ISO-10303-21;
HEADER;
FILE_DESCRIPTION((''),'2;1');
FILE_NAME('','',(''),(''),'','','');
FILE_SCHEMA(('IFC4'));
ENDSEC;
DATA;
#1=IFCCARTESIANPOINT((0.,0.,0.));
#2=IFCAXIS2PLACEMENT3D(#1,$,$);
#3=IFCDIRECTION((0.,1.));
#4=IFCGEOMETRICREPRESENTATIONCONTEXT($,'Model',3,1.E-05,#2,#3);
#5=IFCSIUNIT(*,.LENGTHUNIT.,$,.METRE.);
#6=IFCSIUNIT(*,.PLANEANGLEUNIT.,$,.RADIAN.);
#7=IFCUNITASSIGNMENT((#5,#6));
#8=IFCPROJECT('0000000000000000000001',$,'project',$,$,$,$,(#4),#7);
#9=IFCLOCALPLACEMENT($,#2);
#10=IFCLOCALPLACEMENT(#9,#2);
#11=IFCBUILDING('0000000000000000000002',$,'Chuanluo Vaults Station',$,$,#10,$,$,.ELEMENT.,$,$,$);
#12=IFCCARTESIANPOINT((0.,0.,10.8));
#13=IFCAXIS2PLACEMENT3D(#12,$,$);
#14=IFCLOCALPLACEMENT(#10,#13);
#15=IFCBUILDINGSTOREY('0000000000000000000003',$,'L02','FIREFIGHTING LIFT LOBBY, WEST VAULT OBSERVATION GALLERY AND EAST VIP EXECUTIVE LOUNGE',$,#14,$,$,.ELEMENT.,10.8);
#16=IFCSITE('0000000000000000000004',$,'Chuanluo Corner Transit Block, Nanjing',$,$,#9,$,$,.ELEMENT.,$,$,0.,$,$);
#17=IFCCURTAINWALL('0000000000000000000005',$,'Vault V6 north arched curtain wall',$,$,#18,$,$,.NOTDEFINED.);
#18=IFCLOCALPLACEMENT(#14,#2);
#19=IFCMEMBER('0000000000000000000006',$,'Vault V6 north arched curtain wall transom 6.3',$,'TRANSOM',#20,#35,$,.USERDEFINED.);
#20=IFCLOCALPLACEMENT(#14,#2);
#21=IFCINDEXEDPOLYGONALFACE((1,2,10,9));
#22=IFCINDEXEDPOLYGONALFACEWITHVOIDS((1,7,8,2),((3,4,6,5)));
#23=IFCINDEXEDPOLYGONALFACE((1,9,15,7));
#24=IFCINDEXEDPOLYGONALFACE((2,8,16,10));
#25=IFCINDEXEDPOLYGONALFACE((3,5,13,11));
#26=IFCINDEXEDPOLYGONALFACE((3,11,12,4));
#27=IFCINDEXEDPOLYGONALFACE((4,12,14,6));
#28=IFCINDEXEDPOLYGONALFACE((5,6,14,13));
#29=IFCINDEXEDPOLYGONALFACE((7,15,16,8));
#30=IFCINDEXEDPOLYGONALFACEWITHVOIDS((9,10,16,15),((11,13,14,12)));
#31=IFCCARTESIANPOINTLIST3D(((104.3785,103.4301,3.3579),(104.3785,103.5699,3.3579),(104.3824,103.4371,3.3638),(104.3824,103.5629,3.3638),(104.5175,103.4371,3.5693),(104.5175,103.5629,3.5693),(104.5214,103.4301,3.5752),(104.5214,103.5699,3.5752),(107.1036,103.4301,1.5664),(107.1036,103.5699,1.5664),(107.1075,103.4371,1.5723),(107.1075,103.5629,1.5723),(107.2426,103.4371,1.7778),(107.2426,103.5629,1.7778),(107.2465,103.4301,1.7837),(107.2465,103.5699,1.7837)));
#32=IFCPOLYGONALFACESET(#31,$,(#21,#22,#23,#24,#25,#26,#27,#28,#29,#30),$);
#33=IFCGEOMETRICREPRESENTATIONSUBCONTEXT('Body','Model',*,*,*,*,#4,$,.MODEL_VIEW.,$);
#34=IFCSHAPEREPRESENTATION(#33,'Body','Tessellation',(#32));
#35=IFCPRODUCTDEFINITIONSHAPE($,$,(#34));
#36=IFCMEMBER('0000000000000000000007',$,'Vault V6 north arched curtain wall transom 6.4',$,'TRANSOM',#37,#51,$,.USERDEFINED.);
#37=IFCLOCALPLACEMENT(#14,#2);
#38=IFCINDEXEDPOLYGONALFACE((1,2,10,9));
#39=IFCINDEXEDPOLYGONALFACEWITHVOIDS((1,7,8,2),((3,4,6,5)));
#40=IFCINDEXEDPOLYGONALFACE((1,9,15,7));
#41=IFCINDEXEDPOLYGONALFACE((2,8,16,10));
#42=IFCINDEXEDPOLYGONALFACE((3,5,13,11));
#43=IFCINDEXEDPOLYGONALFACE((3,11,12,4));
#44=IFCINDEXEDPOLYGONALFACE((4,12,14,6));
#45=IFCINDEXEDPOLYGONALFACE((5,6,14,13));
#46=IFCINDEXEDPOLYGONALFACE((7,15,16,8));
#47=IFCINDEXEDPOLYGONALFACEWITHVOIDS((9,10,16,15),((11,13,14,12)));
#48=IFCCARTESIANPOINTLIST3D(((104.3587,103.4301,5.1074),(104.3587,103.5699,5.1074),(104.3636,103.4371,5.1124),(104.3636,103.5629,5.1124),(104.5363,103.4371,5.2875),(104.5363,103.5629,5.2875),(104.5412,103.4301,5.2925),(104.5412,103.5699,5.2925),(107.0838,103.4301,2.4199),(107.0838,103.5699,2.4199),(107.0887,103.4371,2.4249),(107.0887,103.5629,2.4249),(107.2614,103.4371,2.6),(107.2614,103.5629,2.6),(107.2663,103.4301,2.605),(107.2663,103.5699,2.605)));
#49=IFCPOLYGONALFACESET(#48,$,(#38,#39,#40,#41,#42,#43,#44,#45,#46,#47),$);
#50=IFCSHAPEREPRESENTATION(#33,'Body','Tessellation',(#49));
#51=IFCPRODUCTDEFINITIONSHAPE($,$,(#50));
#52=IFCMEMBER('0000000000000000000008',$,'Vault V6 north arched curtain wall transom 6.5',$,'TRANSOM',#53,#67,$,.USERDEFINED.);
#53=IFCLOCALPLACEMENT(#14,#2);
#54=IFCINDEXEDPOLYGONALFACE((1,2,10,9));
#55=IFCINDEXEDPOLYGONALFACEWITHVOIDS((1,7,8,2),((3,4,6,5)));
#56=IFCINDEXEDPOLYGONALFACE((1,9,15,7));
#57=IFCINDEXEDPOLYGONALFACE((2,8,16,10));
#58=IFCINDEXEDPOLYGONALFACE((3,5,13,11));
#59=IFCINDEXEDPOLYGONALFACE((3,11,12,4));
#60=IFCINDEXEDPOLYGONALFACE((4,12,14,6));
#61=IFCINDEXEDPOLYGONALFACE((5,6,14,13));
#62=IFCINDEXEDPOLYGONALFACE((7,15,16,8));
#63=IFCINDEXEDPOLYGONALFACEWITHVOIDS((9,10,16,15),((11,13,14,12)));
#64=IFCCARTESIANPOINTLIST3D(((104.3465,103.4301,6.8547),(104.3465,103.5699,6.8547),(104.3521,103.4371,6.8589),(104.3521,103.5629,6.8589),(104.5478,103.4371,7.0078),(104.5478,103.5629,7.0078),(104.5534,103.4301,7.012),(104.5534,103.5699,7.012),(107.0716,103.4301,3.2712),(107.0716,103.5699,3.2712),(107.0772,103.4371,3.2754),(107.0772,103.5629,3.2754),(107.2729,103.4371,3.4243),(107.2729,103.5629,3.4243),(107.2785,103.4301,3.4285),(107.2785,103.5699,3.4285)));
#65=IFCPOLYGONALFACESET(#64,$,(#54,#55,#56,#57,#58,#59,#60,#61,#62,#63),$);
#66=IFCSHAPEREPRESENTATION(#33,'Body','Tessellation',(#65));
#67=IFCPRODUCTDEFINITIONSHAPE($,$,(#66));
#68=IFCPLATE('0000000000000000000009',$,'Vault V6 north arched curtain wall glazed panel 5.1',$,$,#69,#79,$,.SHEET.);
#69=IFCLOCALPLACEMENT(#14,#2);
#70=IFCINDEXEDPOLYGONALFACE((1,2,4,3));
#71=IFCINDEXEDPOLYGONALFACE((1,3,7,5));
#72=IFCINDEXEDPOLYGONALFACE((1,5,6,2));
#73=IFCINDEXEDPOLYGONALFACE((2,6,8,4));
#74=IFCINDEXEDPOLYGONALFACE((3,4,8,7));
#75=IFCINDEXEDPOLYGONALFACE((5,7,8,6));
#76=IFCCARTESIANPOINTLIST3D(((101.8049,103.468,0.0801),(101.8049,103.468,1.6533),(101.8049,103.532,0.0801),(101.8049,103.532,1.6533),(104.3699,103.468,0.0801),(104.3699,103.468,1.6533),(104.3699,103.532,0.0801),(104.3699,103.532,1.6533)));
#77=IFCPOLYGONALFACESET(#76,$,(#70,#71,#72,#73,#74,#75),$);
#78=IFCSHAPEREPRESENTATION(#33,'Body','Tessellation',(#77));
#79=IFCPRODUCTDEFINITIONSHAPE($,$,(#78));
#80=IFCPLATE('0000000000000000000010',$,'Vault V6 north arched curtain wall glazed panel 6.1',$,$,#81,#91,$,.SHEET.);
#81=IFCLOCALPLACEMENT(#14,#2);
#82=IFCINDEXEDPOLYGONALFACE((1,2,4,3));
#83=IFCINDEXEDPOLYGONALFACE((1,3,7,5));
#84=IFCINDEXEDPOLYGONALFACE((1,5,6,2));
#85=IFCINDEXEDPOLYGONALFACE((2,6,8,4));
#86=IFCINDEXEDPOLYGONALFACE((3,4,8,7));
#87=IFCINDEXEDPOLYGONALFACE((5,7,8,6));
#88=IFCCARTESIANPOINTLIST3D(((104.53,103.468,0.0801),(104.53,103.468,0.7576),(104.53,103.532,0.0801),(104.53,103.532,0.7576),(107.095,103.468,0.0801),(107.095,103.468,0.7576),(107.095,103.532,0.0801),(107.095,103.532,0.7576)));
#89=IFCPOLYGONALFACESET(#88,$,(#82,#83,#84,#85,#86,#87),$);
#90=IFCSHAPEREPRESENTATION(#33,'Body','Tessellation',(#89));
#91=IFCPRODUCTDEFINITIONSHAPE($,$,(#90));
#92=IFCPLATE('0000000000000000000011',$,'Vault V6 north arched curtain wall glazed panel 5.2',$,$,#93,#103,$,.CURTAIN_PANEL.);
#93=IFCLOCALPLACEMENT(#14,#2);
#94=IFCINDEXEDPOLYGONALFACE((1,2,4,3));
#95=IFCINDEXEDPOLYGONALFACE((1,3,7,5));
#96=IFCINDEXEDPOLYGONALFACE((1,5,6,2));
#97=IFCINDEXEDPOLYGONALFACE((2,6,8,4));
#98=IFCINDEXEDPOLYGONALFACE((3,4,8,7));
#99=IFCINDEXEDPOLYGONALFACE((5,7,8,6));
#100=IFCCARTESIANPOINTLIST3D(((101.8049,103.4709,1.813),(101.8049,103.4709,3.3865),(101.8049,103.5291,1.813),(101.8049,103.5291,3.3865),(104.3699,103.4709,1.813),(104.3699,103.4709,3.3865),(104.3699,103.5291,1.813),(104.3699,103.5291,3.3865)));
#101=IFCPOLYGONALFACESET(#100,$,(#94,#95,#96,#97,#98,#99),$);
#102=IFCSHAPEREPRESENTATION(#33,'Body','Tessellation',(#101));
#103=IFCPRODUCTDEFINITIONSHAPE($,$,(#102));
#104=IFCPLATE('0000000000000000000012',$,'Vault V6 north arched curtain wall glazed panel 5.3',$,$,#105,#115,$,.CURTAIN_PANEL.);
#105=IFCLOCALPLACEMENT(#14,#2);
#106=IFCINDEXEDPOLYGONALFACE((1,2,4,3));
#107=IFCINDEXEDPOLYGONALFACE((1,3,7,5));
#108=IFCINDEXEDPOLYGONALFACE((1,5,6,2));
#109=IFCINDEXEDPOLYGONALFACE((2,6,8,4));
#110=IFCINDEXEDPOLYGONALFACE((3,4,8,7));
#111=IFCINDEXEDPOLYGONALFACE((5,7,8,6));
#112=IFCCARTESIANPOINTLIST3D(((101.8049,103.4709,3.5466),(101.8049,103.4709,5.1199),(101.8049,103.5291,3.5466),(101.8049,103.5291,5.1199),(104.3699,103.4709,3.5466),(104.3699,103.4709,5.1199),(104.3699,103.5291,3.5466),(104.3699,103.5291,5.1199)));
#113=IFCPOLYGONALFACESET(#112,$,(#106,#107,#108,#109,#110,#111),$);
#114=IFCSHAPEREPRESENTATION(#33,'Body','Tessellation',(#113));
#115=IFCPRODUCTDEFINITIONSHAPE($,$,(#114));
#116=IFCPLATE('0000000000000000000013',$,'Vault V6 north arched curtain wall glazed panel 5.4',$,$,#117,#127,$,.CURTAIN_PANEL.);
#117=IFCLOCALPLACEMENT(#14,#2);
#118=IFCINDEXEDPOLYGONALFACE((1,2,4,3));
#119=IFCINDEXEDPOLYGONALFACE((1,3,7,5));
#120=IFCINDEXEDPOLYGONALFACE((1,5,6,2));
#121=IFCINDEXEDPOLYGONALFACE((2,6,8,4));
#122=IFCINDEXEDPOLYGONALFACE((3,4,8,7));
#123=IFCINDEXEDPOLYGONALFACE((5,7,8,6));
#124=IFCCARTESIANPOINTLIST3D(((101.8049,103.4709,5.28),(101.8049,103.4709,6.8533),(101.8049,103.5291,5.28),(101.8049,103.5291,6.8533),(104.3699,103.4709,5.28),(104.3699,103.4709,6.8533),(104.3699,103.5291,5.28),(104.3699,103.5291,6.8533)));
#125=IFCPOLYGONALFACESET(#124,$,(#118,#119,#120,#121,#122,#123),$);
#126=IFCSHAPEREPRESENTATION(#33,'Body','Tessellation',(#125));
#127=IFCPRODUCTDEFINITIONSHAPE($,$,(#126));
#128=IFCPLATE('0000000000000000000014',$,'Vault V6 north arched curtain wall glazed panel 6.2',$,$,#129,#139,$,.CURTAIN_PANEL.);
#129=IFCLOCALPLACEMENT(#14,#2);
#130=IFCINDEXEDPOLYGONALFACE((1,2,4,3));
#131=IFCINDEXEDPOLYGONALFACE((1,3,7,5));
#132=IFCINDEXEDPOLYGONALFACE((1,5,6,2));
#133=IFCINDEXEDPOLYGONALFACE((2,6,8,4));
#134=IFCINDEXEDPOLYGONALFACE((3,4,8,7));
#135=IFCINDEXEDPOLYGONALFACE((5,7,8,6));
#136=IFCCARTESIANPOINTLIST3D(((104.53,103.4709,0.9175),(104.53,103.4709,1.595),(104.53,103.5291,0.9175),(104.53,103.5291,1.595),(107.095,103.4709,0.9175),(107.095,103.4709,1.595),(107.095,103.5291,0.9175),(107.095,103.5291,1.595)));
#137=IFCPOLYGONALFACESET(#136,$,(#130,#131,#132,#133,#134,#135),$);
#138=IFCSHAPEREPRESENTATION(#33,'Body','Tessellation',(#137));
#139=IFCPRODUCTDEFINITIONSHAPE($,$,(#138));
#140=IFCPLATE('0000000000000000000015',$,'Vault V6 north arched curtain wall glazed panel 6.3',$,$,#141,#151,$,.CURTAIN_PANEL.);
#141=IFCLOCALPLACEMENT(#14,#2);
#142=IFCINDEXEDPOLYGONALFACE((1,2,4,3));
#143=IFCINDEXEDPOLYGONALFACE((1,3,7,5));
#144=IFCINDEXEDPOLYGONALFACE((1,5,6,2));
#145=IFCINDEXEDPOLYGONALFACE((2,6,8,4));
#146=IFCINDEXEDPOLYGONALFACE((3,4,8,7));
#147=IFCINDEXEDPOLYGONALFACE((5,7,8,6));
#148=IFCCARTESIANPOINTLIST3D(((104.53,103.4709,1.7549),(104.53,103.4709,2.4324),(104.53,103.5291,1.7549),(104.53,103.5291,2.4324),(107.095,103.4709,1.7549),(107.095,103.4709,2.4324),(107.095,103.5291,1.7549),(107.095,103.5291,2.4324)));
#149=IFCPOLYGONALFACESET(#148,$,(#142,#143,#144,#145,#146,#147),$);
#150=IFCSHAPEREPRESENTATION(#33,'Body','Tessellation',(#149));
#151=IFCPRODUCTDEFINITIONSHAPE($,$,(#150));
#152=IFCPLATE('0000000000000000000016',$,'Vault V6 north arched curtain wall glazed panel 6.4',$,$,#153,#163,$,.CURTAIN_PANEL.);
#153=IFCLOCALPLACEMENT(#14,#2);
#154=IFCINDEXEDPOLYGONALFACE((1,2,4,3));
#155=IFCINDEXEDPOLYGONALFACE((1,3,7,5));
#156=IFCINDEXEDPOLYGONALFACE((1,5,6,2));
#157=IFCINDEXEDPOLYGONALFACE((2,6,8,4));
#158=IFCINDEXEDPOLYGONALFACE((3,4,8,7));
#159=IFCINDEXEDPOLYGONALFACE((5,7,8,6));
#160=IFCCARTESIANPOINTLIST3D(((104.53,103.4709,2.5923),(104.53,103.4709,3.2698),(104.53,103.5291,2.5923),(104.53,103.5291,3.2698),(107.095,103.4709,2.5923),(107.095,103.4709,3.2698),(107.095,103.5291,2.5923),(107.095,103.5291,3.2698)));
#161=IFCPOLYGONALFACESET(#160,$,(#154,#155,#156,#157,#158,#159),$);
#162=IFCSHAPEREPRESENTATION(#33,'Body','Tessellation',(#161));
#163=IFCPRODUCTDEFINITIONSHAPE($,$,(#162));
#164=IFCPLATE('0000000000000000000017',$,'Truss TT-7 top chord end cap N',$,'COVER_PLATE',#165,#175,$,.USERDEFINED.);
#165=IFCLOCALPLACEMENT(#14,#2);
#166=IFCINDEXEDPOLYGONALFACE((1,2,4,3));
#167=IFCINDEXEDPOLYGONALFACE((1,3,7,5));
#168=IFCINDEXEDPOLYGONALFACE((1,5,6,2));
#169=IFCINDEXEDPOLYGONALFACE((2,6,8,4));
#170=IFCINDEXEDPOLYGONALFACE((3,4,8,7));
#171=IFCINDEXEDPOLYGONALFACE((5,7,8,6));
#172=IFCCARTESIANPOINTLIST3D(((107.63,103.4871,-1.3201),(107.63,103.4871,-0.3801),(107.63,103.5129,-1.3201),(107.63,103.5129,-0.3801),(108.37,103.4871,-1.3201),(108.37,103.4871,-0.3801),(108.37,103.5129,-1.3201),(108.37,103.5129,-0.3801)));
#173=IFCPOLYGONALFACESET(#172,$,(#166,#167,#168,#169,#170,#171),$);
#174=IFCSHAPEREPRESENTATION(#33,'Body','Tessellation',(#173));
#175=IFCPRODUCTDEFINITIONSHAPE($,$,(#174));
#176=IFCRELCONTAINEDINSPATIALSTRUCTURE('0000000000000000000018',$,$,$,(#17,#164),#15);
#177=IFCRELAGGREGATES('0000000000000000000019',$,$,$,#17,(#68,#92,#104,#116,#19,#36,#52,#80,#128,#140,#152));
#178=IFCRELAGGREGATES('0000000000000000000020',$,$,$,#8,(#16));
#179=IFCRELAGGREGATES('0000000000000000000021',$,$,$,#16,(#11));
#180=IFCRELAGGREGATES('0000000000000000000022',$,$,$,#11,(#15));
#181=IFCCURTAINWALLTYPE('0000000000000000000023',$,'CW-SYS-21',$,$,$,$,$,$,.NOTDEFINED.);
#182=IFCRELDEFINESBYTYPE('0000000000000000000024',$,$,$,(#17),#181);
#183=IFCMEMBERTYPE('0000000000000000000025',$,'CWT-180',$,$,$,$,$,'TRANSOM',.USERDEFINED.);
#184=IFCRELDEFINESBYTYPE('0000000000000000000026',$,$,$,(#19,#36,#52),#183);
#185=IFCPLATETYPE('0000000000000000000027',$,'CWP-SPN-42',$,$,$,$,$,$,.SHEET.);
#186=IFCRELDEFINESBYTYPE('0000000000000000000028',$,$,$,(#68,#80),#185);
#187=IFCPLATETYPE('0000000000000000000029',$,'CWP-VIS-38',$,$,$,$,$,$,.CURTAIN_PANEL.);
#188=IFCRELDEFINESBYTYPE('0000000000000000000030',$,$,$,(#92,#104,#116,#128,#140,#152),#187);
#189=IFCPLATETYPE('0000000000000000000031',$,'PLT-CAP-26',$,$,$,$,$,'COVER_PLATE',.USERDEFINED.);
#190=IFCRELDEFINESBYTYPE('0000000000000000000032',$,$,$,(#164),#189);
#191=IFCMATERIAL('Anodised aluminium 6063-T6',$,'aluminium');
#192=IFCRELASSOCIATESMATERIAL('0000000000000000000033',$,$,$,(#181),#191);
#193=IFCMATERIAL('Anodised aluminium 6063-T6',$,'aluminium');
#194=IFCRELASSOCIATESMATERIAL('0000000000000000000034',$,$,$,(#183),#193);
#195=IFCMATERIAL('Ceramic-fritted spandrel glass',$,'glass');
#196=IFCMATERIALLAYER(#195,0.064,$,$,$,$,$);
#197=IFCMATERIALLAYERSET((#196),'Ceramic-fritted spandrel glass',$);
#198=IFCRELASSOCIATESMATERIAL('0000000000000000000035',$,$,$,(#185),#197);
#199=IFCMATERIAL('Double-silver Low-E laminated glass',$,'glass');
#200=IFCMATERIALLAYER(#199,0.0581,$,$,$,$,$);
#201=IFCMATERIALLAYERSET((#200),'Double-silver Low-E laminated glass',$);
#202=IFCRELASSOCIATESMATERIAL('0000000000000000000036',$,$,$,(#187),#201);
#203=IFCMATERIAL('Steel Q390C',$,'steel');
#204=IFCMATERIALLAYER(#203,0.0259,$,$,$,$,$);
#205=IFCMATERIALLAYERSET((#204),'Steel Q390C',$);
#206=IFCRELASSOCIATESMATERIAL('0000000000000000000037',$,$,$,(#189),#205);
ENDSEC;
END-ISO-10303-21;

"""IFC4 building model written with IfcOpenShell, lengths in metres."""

from ifc_helpers import new_model, si_unit, direction, frame, origin, origin_2d, place, context, subcontext, project, spatial, rectangle, hollow_rectangle, extrude, material, layer, layer_set, material_profile, profile_set, type_object, element, aggregate, save


model = new_model("IFC4")

# Units and contexts
model_context = context("Model", 3, precision=1e-05, world=origin(), true_north=direction((0.0, 1.0)))
body_context = subcontext(model_context, "Body", "Model", "MODEL_VIEW")
ifc_project = project(units=[si_unit("LENGTHUNIT", "METRE"), si_unit("PLANEANGLEUNIT", "RADIAN")], contexts=[model_context])

# Site, building, storey
site_placement = place(None, origin())
site = spatial("IfcSite", under=ifc_project, at=site_placement, Name="Chuanluo Corner Transit Block, Nanjing", CompositionType="ELEMENT", RefElevation=0.0)
building_placement = place(site_placement, origin())
building = spatial("IfcBuilding", under=site, at=building_placement, Name="Chuanluo Vaults Station", CompositionType="ELEMENT")
storey_placement = place(building_placement, frame((0.0, 0.0, 10.8)))
storey = spatial("IfcBuildingStorey", under=building, at=storey_placement, Name="L02", Description="FIREFIGHTING LIFT LOBBY, WEST VAULT OBSERVATION GALLERY AND EAST VIP EXECUTIVE LOUNGE", CompositionType="ELEMENT", Elevation=10.8)

# Curtain wall
ifc_material_1 = material(Name="Anodised aluminium 6063-T6", Category="aluminium")
curtain_wall_type_1 = type_object("IfcCurtainWallType", Name="CW-SYS-21", PredefinedType="NOTDEFINED", material=ifc_material_1)
curtain_wall_1_placement = place(storey_placement, origin())
curtain_wall_1 = element("IfcCurtainWall", 1, at=curtain_wall_1_placement, inside=storey, type_object=curtain_wall_type_1, Name="Vault V6 north arched curtain wall", PredefinedType="NOTDEFINED")

# Members
ifc_material_2 = material(Name="Anodised aluminium 6063-T6", Category="aluminium")
ifc_material_profile_1 = material_profile(ifc_material_2, hollow_rectangle(XDim=0.1399, YDim=0.26, WallThickness=0.0071, at=origin_2d()))
ifc_profile_set_1 = profile_set([ifc_material_profile_1], Name="Anodised aluminium 6063-T6")
member_type_1 = type_object("IfcMemberType", Name="CWT-180", ElementType="TRANSOM", PredefinedType="USERDEFINED", material=ifc_profile_set_1)
member_1_placement = place(storey_placement, frame((104.45, 103.5, 3.4666), z_axis=(0.835603, 0.0, -0.549333), x_axis=(0.0, 1.0, 0.0)))
member_1 = element("IfcMember", 2, at=member_1_placement, type_object=member_type_1, Name="Vault V6 north arched curtain wall transom 6.3", ObjectType="TRANSOM", PredefinedType="USERDEFINED", context=body_context, shape_type="SweptSolid", body=[
    extrude(hollow_rectangle(XDim=0.1399, YDim=0.26, WallThickness=0.0071, at=origin_2d()), origin(), (0.0, 0.0, 1.0), 3.2612),
])
member_2_placement = place(storey_placement, frame((104.45, 103.5, 5.2), z_axis=(0.712001, 0.0, -0.702178), x_axis=(0.0, 1.0, 0.0)))
member_2 = element("IfcMember", 3, at=member_2_placement, type_object=member_type_1, Name="Vault V6 north arched curtain wall transom 6.4", ObjectType="TRANSOM", PredefinedType="USERDEFINED", context=body_context, shape_type="SweptSolid", body=[
    extrude(hollow_rectangle(XDim=0.1399, YDim=0.26, WallThickness=0.0071, at=origin_2d()), origin(), (0.0, 0.0, 1.0), 3.8274),
])
member_3_placement = place(storey_placement, frame((104.45, 103.5, 6.9333), z_axis=(0.605314, 0.0, -0.795987), x_axis=(0.0, 1.0, 0.0)))
member_3 = element("IfcMember", 4, at=member_3_placement, type_object=member_type_1, Name="Vault V6 north arched curtain wall transom 6.5", ObjectType="TRANSOM", PredefinedType="USERDEFINED", context=body_context, shape_type="SweptSolid", body=[
    extrude(hollow_rectangle(XDim=0.1399, YDim=0.26, WallThickness=0.0071, at=origin_2d()), origin(), (0.0, 0.0, 1.0), 4.502),
])

# Plates
ifc_material_3 = material(Name="Ceramic-fritted spandrel glass", Category="glass")
ifc_layer_1 = layer(ifc_material_3, 0.064)
ifc_layer_set_1 = layer_set([ifc_layer_1], Name="Ceramic-fritted spandrel glass")
plate_type_1 = type_object("IfcPlateType", Name="CWP-SPN-42", PredefinedType="SHEET", material=ifc_layer_set_1)
plate_1_placement = place(storey_placement, frame((103.0874, 103.5, 0.0801), z_axis=(0.0, 0.0, 1.0), x_axis=(1.0, 0.0, 0.0)))
plate_1 = element("IfcPlate", 5, at=plate_1_placement, type_object=plate_type_1, Name="Vault V6 north arched curtain wall glazed panel 5.1", PredefinedType="SHEET", context=body_context, shape_type="SweptSolid", body=[
    extrude(rectangle(XDim=2.5649, YDim=0.064, at=origin_2d()), origin(), (0.0, 0.0, 1.0), 1.5732),
])
plate_2_placement = place(storey_placement, frame((105.8125, 103.5, 0.0801), z_axis=(0.0, 0.0, 1.0), x_axis=(1.0, 0.0, 0.0)))
plate_2 = element("IfcPlate", 6, at=plate_2_placement, type_object=plate_type_1, Name="Vault V6 north arched curtain wall glazed panel 6.1", PredefinedType="SHEET", context=body_context, shape_type="SweptSolid", body=[
    extrude(rectangle(XDim=2.5649, YDim=0.064, at=origin_2d()), origin(), (0.0, 0.0, 1.0), 0.6775),
])
ifc_material_4 = material(Name="Double-silver Low-E laminated glass", Category="glass")
ifc_layer_2 = layer(ifc_material_4, 0.0581)
ifc_layer_set_2 = layer_set([ifc_layer_2], Name="Double-silver Low-E laminated glass")
plate_type_2 = type_object("IfcPlateType", Name="CWP-VIS-38", PredefinedType="CURTAIN_PANEL", material=ifc_layer_set_2)
plate_3_placement = place(storey_placement, frame((103.0874, 103.5, 1.813), z_axis=(0.0, 0.0, 1.0), x_axis=(1.0, 0.0, 0.0)))
plate_3 = element("IfcPlate", 7, at=plate_3_placement, type_object=plate_type_2, Name="Vault V6 north arched curtain wall glazed panel 5.2", PredefinedType="CURTAIN_PANEL", context=body_context, shape_type="SweptSolid", body=[
    extrude(rectangle(XDim=2.5649, YDim=0.0581, at=origin_2d()), origin(), (0.0, 0.0, 1.0), 1.5735),
])
plate_4_placement = place(storey_placement, frame((103.0874, 103.5, 3.5466), z_axis=(0.0, 0.0, 1.0), x_axis=(1.0, 0.0, 0.0)))
plate_4 = element("IfcPlate", 8, at=plate_4_placement, type_object=plate_type_2, Name="Vault V6 north arched curtain wall glazed panel 5.3", PredefinedType="CURTAIN_PANEL", context=body_context, shape_type="SweptSolid", body=[
    extrude(rectangle(XDim=2.5649, YDim=0.0581, at=origin_2d()), origin(), (0.0, 0.0, 1.0), 1.5732),
])
plate_5_placement = place(storey_placement, frame((103.0874, 103.5, 5.28), z_axis=(0.0, 0.0, 1.0), x_axis=(1.0, 0.0, 0.0)))
plate_5 = element("IfcPlate", 9, at=plate_5_placement, type_object=plate_type_2, Name="Vault V6 north arched curtain wall glazed panel 5.4", PredefinedType="CURTAIN_PANEL", context=body_context, shape_type="SweptSolid", body=[
    extrude(rectangle(XDim=2.5649, YDim=0.0581, at=origin_2d()), origin(), (0.0, 0.0, 1.0), 1.5732),
])
plate_6_placement = place(storey_placement, frame((105.8125, 103.5, 0.9175), z_axis=(0.0, 0.0, 1.0), x_axis=(1.0, 0.0, 0.0)))
plate_6 = element("IfcPlate", 10, at=plate_6_placement, type_object=plate_type_2, Name="Vault V6 north arched curtain wall glazed panel 6.2", PredefinedType="CURTAIN_PANEL", context=body_context, shape_type="SweptSolid", body=[
    extrude(rectangle(XDim=2.5649, YDim=0.0581, at=origin_2d()), origin(), (0.0, 0.0, 1.0), 0.6775),
])
plate_7_placement = place(storey_placement, frame((105.8125, 103.5, 1.7549), z_axis=(0.0, 0.0, 1.0), x_axis=(1.0, 0.0, 0.0)))
plate_7 = element("IfcPlate", 11, at=plate_7_placement, type_object=plate_type_2, Name="Vault V6 north arched curtain wall glazed panel 6.3", PredefinedType="CURTAIN_PANEL", context=body_context, shape_type="SweptSolid", body=[
    extrude(rectangle(XDim=2.5649, YDim=0.0581, at=origin_2d()), origin(), (0.0, 0.0, 1.0), 0.6775),
])
plate_8_placement = place(storey_placement, frame((105.8125, 103.5, 2.5923), z_axis=(0.0, 0.0, 1.0), x_axis=(1.0, 0.0, 0.0)))
plate_8 = element("IfcPlate", 12, at=plate_8_placement, type_object=plate_type_2, Name="Vault V6 north arched curtain wall glazed panel 6.4", PredefinedType="CURTAIN_PANEL", context=body_context, shape_type="SweptSolid", body=[
    extrude(rectangle(XDim=2.5649, YDim=0.0581, at=origin_2d()), origin(), (0.0, 0.0, 1.0), 0.6775),
])
aggregate(curtain_wall_1, [plate_1, plate_3, plate_4, plate_5, member_1, member_2, member_3, plate_2, plate_6, plate_7, plate_8])
ifc_material_5 = material(Name="Steel Q390C", Category="steel")
ifc_layer_3 = layer(ifc_material_5, 0.0259)
ifc_layer_set_3 = layer_set([ifc_layer_3], Name="Steel Q390C")
plate_type_3 = type_object("IfcPlateType", Name="PLT-CAP-26", ElementType="COVER_PLATE", PredefinedType="USERDEFINED", material=ifc_layer_set_3)
plate_9_placement = place(storey_placement, frame((108.0, 103.5, -1.3201), z_axis=(0.0, 0.0, 1.0), x_axis=(1.0, 0.0, 0.0)))
element("IfcPlate", 13, at=plate_9_placement, inside=storey, type_object=plate_type_3, Name="Truss TT-7 top chord end cap N", ObjectType="COVER_PLATE", PredefinedType="USERDEFINED", context=body_context, shape_type="SweptSolid", body=[
    extrude(rectangle(XDim=0.74, YDim=0.0259, at=origin_2d()), origin(), (0.0, 0.0, 1.0), 0.9399),
])

save(model, "model.ifc")
